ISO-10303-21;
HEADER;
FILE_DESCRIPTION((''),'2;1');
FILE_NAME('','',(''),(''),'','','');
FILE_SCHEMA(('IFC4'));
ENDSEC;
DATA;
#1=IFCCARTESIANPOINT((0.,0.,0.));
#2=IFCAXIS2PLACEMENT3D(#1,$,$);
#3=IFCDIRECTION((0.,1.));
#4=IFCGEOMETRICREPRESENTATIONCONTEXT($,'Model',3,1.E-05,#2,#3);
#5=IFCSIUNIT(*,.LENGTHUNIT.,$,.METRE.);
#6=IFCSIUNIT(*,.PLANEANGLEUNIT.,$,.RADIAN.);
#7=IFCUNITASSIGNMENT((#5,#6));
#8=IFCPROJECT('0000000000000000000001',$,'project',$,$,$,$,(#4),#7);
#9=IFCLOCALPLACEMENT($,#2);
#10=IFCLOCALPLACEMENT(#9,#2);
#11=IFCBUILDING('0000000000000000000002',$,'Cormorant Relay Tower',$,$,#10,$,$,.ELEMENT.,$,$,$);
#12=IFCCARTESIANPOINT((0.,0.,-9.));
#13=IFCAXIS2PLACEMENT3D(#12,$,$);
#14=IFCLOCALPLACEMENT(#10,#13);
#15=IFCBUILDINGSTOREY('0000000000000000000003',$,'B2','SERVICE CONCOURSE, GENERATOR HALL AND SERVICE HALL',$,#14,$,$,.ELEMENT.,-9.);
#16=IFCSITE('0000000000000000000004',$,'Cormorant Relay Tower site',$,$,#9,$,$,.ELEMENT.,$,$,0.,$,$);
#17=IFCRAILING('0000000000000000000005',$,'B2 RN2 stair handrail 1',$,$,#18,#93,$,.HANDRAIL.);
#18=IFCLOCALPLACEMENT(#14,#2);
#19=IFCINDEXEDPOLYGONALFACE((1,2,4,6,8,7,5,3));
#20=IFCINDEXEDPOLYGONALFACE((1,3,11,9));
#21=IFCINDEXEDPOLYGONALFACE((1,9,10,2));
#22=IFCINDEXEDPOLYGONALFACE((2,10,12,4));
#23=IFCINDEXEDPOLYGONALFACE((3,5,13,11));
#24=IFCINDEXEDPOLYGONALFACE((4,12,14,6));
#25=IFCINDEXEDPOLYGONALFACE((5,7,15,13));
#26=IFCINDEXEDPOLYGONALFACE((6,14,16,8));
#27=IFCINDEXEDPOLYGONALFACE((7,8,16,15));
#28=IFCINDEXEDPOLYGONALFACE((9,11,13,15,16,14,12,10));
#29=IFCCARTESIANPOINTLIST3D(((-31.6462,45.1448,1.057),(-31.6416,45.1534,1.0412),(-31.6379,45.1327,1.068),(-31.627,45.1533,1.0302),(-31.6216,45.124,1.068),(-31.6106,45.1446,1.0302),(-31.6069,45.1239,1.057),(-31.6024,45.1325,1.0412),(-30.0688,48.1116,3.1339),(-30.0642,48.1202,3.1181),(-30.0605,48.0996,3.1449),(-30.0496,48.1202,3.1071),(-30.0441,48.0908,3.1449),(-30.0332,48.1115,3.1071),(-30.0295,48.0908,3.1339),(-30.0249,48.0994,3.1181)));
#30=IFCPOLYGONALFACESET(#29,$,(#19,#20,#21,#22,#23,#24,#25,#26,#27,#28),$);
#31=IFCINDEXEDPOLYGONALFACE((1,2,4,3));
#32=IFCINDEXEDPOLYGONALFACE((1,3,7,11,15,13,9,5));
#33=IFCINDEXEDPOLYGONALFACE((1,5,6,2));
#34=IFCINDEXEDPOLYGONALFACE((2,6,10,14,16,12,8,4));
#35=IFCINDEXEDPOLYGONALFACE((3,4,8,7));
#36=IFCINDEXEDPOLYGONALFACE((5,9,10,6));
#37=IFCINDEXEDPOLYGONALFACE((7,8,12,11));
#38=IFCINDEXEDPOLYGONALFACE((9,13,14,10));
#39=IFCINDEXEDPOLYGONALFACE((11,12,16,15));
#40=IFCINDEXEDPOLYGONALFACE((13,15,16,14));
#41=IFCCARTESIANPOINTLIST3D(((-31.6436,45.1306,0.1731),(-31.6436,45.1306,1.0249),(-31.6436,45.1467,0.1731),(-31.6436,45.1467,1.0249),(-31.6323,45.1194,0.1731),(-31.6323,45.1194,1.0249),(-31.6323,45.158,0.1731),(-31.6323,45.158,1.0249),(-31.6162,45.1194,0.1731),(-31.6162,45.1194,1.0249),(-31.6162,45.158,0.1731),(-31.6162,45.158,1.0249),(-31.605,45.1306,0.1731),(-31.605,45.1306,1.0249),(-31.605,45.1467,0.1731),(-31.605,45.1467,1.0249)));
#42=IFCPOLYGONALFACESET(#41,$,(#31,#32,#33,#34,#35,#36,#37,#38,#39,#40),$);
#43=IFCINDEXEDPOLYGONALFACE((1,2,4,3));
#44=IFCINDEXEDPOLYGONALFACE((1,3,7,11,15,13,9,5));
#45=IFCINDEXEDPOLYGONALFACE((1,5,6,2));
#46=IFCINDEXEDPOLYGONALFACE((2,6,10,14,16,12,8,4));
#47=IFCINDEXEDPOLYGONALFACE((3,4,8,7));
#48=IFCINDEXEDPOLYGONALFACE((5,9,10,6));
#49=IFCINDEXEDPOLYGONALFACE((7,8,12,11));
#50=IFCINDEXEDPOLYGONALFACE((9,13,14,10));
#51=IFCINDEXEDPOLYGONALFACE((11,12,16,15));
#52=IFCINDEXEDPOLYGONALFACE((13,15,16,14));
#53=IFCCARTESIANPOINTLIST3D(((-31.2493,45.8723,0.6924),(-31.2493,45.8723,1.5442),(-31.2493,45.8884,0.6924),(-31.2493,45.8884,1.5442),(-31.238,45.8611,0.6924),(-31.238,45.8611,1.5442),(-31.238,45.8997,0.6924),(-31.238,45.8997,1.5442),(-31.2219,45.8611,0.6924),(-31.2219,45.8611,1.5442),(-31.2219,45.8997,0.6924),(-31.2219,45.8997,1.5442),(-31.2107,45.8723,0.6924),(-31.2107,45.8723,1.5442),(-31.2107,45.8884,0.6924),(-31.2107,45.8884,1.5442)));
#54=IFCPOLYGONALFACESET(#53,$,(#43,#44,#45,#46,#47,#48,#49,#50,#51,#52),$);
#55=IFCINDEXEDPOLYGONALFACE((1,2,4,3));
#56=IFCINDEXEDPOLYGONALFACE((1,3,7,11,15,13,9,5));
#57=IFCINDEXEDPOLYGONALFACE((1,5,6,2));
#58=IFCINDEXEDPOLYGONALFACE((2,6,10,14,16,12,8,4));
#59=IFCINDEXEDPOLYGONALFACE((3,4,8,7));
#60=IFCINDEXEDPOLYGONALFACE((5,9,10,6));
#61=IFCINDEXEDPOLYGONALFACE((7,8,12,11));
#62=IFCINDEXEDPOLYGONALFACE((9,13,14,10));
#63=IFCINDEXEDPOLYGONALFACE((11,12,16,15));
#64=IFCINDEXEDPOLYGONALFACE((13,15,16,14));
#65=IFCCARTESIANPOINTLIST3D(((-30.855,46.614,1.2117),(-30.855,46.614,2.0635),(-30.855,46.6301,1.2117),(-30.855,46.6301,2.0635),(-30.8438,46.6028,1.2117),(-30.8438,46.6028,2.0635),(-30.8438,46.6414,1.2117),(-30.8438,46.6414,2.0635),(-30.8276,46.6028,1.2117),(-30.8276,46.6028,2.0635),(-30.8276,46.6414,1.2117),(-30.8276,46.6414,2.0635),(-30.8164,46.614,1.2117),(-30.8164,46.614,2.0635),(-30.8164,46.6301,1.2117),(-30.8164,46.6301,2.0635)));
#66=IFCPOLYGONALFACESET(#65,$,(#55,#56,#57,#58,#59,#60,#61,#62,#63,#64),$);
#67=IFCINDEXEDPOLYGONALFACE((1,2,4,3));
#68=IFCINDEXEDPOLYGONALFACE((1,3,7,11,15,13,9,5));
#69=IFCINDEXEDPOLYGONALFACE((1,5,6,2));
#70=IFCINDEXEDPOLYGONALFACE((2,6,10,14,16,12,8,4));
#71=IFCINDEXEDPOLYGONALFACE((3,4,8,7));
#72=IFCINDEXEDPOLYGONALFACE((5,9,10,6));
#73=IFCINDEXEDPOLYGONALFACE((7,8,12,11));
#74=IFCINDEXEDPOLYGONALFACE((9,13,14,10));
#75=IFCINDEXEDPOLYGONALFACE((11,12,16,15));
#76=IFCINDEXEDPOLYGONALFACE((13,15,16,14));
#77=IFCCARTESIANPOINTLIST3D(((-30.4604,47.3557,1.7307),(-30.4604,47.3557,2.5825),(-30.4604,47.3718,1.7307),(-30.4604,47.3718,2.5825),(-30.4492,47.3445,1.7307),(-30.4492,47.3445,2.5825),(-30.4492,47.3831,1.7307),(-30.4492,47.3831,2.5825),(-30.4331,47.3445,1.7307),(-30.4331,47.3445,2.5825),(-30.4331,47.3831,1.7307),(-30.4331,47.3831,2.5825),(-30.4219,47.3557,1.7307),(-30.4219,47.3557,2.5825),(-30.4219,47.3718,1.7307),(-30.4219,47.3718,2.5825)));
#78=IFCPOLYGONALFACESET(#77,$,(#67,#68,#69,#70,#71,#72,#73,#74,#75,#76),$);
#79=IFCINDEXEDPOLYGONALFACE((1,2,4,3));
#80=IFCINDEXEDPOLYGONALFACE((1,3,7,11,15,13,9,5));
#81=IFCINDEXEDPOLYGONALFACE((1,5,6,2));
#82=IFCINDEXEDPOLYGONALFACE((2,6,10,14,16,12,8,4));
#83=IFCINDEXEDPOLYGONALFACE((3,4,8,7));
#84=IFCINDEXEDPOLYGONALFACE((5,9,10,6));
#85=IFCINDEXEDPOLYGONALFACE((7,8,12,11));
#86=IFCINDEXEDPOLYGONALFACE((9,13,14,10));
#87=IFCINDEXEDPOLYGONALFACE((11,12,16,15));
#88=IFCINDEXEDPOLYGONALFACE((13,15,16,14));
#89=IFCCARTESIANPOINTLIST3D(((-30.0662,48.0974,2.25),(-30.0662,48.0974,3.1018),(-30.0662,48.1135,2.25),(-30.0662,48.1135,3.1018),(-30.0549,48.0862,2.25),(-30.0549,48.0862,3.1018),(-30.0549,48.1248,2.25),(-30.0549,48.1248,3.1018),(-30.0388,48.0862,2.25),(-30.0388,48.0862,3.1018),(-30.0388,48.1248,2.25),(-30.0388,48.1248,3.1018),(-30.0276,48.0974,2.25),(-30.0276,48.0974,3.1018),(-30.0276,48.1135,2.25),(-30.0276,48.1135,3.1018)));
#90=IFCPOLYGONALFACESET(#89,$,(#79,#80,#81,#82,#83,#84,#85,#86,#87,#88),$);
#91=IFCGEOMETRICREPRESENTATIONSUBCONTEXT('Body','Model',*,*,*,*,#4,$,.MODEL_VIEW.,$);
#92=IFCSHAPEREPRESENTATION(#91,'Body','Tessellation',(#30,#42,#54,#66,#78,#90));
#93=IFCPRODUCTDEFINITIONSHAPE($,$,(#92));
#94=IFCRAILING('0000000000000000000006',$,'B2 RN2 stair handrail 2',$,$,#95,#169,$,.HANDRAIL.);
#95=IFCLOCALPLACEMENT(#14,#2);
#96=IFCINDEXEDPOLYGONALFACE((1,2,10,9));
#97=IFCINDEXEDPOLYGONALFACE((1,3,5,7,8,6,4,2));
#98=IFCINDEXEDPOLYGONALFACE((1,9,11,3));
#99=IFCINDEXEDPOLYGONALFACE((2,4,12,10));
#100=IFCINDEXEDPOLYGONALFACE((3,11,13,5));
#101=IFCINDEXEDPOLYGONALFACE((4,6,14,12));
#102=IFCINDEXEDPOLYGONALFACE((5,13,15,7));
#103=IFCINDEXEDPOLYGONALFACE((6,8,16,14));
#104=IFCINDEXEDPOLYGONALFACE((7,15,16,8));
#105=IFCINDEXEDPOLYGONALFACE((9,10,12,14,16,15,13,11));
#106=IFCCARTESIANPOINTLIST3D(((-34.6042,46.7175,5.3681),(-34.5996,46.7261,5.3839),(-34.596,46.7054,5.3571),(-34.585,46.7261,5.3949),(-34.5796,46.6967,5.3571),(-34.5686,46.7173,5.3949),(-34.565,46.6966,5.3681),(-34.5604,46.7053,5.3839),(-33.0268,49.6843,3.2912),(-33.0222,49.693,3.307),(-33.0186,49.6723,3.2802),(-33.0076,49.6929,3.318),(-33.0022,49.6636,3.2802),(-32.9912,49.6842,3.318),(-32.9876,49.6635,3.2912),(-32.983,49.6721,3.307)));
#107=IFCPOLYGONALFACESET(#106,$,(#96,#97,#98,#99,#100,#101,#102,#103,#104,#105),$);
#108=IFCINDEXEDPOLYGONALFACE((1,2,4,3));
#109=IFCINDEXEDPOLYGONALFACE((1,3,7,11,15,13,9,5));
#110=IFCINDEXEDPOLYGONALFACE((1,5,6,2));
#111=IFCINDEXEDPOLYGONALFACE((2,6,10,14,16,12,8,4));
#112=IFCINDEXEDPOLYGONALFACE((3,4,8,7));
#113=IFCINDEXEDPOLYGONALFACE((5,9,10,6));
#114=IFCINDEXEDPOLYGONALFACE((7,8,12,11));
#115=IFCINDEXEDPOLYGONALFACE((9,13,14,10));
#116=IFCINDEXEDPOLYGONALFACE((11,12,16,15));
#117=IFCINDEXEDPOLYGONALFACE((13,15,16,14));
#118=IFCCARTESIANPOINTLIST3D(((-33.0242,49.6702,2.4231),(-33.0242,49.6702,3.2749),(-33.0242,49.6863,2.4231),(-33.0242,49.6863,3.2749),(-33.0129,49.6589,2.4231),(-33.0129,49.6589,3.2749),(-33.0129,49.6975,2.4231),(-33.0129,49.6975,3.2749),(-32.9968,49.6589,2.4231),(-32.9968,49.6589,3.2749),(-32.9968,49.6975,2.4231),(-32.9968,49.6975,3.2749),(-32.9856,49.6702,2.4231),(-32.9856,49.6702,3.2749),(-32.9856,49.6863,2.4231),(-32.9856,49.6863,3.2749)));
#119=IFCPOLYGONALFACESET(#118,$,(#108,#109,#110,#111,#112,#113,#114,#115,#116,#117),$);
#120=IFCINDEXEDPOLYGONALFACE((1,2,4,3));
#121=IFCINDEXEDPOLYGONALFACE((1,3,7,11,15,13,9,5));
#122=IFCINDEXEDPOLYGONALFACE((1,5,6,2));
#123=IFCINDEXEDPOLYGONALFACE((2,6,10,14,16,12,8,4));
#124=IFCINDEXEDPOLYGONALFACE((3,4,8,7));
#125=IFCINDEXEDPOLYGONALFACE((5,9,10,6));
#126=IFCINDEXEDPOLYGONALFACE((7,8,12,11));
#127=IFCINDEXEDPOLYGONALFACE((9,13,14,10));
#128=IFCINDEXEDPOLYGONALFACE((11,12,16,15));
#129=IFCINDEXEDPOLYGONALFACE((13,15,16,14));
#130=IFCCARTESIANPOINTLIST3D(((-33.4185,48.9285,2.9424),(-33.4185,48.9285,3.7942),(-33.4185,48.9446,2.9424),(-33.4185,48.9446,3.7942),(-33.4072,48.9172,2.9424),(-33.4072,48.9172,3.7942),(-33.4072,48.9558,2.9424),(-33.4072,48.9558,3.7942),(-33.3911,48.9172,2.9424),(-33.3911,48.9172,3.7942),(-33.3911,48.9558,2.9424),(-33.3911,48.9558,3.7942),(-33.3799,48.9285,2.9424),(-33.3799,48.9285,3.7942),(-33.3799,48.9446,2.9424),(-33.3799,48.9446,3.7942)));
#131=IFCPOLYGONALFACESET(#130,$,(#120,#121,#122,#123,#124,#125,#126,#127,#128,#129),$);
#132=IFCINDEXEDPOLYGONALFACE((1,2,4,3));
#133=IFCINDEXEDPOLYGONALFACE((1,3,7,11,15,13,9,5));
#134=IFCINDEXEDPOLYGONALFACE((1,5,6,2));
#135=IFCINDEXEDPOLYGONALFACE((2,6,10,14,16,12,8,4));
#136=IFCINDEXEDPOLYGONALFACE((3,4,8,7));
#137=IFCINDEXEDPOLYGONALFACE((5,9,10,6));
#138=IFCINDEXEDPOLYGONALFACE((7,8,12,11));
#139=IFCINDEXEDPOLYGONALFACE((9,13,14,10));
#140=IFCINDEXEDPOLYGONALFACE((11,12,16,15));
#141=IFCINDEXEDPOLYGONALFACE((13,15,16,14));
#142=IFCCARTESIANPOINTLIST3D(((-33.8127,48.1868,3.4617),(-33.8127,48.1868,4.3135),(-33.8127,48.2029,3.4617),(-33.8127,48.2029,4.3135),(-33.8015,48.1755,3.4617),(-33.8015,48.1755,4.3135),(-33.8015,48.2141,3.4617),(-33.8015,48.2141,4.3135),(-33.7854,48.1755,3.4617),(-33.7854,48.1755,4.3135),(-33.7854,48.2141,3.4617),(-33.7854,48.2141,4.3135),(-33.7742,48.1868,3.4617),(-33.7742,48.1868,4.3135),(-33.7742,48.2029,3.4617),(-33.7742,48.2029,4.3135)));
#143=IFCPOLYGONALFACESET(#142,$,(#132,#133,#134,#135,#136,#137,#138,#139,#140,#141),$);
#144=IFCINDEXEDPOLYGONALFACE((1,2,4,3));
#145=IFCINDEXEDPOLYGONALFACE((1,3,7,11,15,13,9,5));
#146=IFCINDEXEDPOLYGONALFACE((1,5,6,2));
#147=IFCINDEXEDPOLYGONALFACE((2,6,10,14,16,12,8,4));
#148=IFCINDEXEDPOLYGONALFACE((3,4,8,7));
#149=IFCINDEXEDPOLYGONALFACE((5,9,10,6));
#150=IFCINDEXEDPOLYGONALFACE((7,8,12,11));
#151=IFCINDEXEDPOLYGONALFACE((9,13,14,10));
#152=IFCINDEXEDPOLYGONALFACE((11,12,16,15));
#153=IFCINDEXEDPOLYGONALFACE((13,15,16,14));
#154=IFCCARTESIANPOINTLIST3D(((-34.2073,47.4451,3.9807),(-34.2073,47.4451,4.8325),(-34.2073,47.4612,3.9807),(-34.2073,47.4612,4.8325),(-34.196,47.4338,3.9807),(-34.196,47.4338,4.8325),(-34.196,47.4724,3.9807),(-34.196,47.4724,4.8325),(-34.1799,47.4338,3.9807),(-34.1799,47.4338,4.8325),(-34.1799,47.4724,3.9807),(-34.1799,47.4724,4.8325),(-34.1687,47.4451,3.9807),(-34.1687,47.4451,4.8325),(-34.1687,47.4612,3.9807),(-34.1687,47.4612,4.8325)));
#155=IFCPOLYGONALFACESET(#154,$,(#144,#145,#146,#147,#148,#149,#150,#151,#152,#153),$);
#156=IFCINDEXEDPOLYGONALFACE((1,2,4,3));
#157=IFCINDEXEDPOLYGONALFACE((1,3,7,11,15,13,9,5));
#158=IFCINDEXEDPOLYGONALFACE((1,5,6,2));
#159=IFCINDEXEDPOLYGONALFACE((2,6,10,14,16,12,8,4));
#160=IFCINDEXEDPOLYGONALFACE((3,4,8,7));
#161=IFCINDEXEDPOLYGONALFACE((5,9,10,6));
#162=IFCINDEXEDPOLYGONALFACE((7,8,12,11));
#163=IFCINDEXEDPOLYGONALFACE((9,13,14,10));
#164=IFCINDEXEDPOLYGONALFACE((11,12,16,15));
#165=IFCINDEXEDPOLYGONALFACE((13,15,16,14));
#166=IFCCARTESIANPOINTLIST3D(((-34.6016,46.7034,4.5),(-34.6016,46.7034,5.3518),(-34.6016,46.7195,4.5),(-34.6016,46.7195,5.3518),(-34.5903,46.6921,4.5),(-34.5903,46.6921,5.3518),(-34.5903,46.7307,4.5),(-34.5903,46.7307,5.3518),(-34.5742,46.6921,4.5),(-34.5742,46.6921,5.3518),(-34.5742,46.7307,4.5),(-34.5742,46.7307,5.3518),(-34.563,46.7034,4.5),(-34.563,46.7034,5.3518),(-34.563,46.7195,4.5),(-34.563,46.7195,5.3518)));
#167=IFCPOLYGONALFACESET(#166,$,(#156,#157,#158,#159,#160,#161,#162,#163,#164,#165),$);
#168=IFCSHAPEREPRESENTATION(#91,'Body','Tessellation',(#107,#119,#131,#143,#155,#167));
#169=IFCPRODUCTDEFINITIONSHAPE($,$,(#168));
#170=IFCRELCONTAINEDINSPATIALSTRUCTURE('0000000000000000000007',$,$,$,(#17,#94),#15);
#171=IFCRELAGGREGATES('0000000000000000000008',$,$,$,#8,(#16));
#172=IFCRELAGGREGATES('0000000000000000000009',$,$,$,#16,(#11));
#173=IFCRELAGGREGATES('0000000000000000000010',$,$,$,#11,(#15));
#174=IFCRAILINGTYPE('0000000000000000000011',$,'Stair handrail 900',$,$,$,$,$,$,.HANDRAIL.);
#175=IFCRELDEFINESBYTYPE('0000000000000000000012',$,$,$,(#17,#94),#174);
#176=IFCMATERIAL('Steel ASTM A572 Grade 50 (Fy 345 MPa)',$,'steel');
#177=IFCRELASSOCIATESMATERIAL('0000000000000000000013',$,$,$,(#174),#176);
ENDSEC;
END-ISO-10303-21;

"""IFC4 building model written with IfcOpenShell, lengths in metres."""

from ifc_helpers import new_model, si_unit, direction, frame, origin, place, context, subcontext, project, spatial, polyline, outline, extrude, material, type_object, element, save


model = new_model("IFC4")

# Units and contexts
model_context = context("Model", 3, precision=1e-05, world=origin(), true_north=direction((0.0, 1.0)))
body_context = subcontext(model_context, "Body", "Model", "MODEL_VIEW")
ifc_project = project(units=[si_unit("LENGTHUNIT", "METRE"), si_unit("PLANEANGLEUNIT", "RADIAN")], contexts=[model_context])

# Site, building, storey
site_placement = place(None, origin())
site = spatial("IfcSite", under=ifc_project, at=site_placement, Name="Cormorant Relay Tower site", CompositionType="ELEMENT", RefElevation=0.0)
building_placement = place(site_placement, origin())
building = spatial("IfcBuilding", under=site, at=building_placement, Name="Cormorant Relay Tower", CompositionType="ELEMENT")
storey_placement = place(building_placement, frame((0.0, 0.0, -9.0)))
storey = spatial("IfcBuildingStorey", under=building, at=storey_placement, Name="B2", Description="SERVICE CONCOURSE, GENERATOR HALL AND SERVICE HALL", CompositionType="ELEMENT", Elevation=-9.0)

# Railings
ifc_material_1 = material(Name="Steel ASTM A572 Grade 50 (Fy 345 MPa)", Category="steel")
railing_type_1 = type_object("IfcRailingType", Name="Stair handrail 900", PredefinedType="HANDRAIL", material=ifc_material_1)
railing_1_placement = place(storey_placement, frame((-31.6243, 45.1387, 0.1731)))
element("IfcRailing", 1, at=railing_1_placement, inside=storey, type_object=railing_type_1, Name="B2 RN2 stair handrail 1", PredefinedType="HANDRAIL", context=body_context, shape_type="SweptSolid", body=[
    extrude(outline(polyline([(0.0222, 0.0093), (0.0093, 0.0222), (-0.0093, 0.0222), (-0.0222, 0.0093), (-0.0222, -0.0093), (-0.0093, -0.0222), (0.0093, -0.0222), (0.0222, -0.0093), (0.0222, 0.0093)])), frame((0.0, 0.0, 0.876), z_axis=(0.399326, 0.751062, 0.52578), x_axis=(-0.882958, 0.469453, 0.0)), (0.0, 0.0, 1.0), 3.9502),
    extrude(outline(polyline([(0.0193, 0.0081), (0.0081, 0.0193), (-0.0081, 0.0193), (-0.0193, 0.0081), (-0.0193, -0.0081), (-0.0081, -0.0193), (0.0081, -0.0193), (0.0193, -0.0081), (0.0193, 0.0081)])), origin(), (0.0, 0.0, 1.0), 0.8518),
    extrude(outline(polyline([(0.0193, 0.0081), (0.0081, 0.0193), (-0.0081, 0.0193), (-0.0193, 0.0081), (-0.0193, -0.0081), (-0.0081, -0.0193), (0.0081, -0.0193), (0.0193, -0.0081), (0.0193, 0.0081)])), frame((0.3943, 0.7417, 0.5193)), (0.0, 0.0, 1.0), 0.8518),
    extrude(outline(polyline([(0.0193, 0.0081), (0.0081, 0.0193), (-0.0081, 0.0193), (-0.0193, 0.0081), (-0.0193, -0.0081), (-0.0081, -0.0193), (0.0081, -0.0193), (0.0193, -0.0081), (0.0193, 0.0081)])), frame((0.7886, 1.4834, 1.0386)), (0.0, 0.0, 1.0), 0.8518),
    extrude(outline(polyline([(0.0193, 0.0081), (0.0081, 0.0193), (-0.0081, 0.0193), (-0.0193, 0.0081), (-0.0193, -0.0081), (-0.0081, -0.0193), (0.0081, -0.0193), (0.0193, -0.0081), (0.0193, 0.0081)])), frame((1.1831, 2.2251, 1.5576)), (0.0, 0.0, 1.0), 0.8518),
    extrude(outline(polyline([(0.0193, 0.0081), (0.0081, 0.0193), (-0.0081, 0.0193), (-0.0193, 0.0081), (-0.0193, -0.0081), (-0.0081, -0.0193), (0.0081, -0.0193), (0.0193, -0.0081), (0.0193, 0.0081)])), frame((1.5774, 2.9668, 2.0769)), (0.0, 0.0, 1.0), 0.8518),
])
railing_2_placement = place(storey_placement, frame((-33.0049, 49.6782, 2.4231)))
element("IfcRailing", 2, at=railing_2_placement, inside=storey, type_object=railing_type_1, Name="B2 RN2 stair handrail 2", PredefinedType="HANDRAIL", context=body_context, shape_type="SweptSolid", body=[
    extrude(outline(polyline([(0.0222, 0.0093), (0.0093, 0.0222), (-0.0093, 0.0222), (-0.0222, 0.0093), (-0.0222, -0.0093), (-0.0093, -0.0222), (0.0093, -0.0222), (0.0222, -0.0093), (0.0222, 0.0093)])), frame((0.0, 0.0, 0.876), z_axis=(-0.399326, -0.751062, 0.52578), x_axis=(0.882958, -0.469453, 0.0)), (0.0, 0.0, 1.0), 3.9502),
    extrude(outline(polyline([(0.0193, 0.0081), (0.0081, 0.0193), (-0.0081, 0.0193), (-0.0193, 0.0081), (-0.0193, -0.0081), (-0.0081, -0.0193), (0.0081, -0.0193), (0.0193, -0.0081), (0.0193, 0.0081)])), origin(), (0.0, 0.0, 1.0), 0.8518),
    extrude(outline(polyline([(0.0193, 0.0081), (0.0081, 0.0193), (-0.0081, 0.0193), (-0.0193, 0.0081), (-0.0193, -0.0081), (-0.0081, -0.0193), (0.0081, -0.0193), (0.0193, -0.0081), (0.0193, 0.0081)])), frame((-0.3943, -0.7417, 0.5193)), (0.0, 0.0, 1.0), 0.8518),
    extrude(outline(polyline([(0.0193, 0.0081), (0.0081, 0.0193), (-0.0081, 0.0193), (-0.0193, 0.0081), (-0.0193, -0.0081), (-0.0081, -0.0193), (0.0081, -0.0193), (0.0193, -0.0081), (0.0193, 0.0081)])), frame((-0.7886, -1.4834, 1.0386)), (0.0, 0.0, 1.0), 0.8518),
    extrude(outline(polyline([(0.0193, 0.0081), (0.0081, 0.0193), (-0.0081, 0.0193), (-0.0193, 0.0081), (-0.0193, -0.0081), (-0.0081, -0.0193), (0.0081, -0.0193), (0.0193, -0.0081), (0.0193, 0.0081)])), frame((-1.1831, -2.2251, 1.5576)), (0.0, 0.0, 1.0), 0.8518),
    extrude(outline(polyline([(0.0193, 0.0081), (0.0081, 0.0193), (-0.0081, 0.0193), (-0.0193, 0.0081), (-0.0193, -0.0081), (-0.0081, -0.0193), (0.0081, -0.0193), (0.0193, -0.0081), (0.0193, 0.0081)])), frame((-1.5774, -2.9668, 2.0769)), (0.0, 0.0, 1.0), 0.8518),
])

save(model, "model.ifc")
